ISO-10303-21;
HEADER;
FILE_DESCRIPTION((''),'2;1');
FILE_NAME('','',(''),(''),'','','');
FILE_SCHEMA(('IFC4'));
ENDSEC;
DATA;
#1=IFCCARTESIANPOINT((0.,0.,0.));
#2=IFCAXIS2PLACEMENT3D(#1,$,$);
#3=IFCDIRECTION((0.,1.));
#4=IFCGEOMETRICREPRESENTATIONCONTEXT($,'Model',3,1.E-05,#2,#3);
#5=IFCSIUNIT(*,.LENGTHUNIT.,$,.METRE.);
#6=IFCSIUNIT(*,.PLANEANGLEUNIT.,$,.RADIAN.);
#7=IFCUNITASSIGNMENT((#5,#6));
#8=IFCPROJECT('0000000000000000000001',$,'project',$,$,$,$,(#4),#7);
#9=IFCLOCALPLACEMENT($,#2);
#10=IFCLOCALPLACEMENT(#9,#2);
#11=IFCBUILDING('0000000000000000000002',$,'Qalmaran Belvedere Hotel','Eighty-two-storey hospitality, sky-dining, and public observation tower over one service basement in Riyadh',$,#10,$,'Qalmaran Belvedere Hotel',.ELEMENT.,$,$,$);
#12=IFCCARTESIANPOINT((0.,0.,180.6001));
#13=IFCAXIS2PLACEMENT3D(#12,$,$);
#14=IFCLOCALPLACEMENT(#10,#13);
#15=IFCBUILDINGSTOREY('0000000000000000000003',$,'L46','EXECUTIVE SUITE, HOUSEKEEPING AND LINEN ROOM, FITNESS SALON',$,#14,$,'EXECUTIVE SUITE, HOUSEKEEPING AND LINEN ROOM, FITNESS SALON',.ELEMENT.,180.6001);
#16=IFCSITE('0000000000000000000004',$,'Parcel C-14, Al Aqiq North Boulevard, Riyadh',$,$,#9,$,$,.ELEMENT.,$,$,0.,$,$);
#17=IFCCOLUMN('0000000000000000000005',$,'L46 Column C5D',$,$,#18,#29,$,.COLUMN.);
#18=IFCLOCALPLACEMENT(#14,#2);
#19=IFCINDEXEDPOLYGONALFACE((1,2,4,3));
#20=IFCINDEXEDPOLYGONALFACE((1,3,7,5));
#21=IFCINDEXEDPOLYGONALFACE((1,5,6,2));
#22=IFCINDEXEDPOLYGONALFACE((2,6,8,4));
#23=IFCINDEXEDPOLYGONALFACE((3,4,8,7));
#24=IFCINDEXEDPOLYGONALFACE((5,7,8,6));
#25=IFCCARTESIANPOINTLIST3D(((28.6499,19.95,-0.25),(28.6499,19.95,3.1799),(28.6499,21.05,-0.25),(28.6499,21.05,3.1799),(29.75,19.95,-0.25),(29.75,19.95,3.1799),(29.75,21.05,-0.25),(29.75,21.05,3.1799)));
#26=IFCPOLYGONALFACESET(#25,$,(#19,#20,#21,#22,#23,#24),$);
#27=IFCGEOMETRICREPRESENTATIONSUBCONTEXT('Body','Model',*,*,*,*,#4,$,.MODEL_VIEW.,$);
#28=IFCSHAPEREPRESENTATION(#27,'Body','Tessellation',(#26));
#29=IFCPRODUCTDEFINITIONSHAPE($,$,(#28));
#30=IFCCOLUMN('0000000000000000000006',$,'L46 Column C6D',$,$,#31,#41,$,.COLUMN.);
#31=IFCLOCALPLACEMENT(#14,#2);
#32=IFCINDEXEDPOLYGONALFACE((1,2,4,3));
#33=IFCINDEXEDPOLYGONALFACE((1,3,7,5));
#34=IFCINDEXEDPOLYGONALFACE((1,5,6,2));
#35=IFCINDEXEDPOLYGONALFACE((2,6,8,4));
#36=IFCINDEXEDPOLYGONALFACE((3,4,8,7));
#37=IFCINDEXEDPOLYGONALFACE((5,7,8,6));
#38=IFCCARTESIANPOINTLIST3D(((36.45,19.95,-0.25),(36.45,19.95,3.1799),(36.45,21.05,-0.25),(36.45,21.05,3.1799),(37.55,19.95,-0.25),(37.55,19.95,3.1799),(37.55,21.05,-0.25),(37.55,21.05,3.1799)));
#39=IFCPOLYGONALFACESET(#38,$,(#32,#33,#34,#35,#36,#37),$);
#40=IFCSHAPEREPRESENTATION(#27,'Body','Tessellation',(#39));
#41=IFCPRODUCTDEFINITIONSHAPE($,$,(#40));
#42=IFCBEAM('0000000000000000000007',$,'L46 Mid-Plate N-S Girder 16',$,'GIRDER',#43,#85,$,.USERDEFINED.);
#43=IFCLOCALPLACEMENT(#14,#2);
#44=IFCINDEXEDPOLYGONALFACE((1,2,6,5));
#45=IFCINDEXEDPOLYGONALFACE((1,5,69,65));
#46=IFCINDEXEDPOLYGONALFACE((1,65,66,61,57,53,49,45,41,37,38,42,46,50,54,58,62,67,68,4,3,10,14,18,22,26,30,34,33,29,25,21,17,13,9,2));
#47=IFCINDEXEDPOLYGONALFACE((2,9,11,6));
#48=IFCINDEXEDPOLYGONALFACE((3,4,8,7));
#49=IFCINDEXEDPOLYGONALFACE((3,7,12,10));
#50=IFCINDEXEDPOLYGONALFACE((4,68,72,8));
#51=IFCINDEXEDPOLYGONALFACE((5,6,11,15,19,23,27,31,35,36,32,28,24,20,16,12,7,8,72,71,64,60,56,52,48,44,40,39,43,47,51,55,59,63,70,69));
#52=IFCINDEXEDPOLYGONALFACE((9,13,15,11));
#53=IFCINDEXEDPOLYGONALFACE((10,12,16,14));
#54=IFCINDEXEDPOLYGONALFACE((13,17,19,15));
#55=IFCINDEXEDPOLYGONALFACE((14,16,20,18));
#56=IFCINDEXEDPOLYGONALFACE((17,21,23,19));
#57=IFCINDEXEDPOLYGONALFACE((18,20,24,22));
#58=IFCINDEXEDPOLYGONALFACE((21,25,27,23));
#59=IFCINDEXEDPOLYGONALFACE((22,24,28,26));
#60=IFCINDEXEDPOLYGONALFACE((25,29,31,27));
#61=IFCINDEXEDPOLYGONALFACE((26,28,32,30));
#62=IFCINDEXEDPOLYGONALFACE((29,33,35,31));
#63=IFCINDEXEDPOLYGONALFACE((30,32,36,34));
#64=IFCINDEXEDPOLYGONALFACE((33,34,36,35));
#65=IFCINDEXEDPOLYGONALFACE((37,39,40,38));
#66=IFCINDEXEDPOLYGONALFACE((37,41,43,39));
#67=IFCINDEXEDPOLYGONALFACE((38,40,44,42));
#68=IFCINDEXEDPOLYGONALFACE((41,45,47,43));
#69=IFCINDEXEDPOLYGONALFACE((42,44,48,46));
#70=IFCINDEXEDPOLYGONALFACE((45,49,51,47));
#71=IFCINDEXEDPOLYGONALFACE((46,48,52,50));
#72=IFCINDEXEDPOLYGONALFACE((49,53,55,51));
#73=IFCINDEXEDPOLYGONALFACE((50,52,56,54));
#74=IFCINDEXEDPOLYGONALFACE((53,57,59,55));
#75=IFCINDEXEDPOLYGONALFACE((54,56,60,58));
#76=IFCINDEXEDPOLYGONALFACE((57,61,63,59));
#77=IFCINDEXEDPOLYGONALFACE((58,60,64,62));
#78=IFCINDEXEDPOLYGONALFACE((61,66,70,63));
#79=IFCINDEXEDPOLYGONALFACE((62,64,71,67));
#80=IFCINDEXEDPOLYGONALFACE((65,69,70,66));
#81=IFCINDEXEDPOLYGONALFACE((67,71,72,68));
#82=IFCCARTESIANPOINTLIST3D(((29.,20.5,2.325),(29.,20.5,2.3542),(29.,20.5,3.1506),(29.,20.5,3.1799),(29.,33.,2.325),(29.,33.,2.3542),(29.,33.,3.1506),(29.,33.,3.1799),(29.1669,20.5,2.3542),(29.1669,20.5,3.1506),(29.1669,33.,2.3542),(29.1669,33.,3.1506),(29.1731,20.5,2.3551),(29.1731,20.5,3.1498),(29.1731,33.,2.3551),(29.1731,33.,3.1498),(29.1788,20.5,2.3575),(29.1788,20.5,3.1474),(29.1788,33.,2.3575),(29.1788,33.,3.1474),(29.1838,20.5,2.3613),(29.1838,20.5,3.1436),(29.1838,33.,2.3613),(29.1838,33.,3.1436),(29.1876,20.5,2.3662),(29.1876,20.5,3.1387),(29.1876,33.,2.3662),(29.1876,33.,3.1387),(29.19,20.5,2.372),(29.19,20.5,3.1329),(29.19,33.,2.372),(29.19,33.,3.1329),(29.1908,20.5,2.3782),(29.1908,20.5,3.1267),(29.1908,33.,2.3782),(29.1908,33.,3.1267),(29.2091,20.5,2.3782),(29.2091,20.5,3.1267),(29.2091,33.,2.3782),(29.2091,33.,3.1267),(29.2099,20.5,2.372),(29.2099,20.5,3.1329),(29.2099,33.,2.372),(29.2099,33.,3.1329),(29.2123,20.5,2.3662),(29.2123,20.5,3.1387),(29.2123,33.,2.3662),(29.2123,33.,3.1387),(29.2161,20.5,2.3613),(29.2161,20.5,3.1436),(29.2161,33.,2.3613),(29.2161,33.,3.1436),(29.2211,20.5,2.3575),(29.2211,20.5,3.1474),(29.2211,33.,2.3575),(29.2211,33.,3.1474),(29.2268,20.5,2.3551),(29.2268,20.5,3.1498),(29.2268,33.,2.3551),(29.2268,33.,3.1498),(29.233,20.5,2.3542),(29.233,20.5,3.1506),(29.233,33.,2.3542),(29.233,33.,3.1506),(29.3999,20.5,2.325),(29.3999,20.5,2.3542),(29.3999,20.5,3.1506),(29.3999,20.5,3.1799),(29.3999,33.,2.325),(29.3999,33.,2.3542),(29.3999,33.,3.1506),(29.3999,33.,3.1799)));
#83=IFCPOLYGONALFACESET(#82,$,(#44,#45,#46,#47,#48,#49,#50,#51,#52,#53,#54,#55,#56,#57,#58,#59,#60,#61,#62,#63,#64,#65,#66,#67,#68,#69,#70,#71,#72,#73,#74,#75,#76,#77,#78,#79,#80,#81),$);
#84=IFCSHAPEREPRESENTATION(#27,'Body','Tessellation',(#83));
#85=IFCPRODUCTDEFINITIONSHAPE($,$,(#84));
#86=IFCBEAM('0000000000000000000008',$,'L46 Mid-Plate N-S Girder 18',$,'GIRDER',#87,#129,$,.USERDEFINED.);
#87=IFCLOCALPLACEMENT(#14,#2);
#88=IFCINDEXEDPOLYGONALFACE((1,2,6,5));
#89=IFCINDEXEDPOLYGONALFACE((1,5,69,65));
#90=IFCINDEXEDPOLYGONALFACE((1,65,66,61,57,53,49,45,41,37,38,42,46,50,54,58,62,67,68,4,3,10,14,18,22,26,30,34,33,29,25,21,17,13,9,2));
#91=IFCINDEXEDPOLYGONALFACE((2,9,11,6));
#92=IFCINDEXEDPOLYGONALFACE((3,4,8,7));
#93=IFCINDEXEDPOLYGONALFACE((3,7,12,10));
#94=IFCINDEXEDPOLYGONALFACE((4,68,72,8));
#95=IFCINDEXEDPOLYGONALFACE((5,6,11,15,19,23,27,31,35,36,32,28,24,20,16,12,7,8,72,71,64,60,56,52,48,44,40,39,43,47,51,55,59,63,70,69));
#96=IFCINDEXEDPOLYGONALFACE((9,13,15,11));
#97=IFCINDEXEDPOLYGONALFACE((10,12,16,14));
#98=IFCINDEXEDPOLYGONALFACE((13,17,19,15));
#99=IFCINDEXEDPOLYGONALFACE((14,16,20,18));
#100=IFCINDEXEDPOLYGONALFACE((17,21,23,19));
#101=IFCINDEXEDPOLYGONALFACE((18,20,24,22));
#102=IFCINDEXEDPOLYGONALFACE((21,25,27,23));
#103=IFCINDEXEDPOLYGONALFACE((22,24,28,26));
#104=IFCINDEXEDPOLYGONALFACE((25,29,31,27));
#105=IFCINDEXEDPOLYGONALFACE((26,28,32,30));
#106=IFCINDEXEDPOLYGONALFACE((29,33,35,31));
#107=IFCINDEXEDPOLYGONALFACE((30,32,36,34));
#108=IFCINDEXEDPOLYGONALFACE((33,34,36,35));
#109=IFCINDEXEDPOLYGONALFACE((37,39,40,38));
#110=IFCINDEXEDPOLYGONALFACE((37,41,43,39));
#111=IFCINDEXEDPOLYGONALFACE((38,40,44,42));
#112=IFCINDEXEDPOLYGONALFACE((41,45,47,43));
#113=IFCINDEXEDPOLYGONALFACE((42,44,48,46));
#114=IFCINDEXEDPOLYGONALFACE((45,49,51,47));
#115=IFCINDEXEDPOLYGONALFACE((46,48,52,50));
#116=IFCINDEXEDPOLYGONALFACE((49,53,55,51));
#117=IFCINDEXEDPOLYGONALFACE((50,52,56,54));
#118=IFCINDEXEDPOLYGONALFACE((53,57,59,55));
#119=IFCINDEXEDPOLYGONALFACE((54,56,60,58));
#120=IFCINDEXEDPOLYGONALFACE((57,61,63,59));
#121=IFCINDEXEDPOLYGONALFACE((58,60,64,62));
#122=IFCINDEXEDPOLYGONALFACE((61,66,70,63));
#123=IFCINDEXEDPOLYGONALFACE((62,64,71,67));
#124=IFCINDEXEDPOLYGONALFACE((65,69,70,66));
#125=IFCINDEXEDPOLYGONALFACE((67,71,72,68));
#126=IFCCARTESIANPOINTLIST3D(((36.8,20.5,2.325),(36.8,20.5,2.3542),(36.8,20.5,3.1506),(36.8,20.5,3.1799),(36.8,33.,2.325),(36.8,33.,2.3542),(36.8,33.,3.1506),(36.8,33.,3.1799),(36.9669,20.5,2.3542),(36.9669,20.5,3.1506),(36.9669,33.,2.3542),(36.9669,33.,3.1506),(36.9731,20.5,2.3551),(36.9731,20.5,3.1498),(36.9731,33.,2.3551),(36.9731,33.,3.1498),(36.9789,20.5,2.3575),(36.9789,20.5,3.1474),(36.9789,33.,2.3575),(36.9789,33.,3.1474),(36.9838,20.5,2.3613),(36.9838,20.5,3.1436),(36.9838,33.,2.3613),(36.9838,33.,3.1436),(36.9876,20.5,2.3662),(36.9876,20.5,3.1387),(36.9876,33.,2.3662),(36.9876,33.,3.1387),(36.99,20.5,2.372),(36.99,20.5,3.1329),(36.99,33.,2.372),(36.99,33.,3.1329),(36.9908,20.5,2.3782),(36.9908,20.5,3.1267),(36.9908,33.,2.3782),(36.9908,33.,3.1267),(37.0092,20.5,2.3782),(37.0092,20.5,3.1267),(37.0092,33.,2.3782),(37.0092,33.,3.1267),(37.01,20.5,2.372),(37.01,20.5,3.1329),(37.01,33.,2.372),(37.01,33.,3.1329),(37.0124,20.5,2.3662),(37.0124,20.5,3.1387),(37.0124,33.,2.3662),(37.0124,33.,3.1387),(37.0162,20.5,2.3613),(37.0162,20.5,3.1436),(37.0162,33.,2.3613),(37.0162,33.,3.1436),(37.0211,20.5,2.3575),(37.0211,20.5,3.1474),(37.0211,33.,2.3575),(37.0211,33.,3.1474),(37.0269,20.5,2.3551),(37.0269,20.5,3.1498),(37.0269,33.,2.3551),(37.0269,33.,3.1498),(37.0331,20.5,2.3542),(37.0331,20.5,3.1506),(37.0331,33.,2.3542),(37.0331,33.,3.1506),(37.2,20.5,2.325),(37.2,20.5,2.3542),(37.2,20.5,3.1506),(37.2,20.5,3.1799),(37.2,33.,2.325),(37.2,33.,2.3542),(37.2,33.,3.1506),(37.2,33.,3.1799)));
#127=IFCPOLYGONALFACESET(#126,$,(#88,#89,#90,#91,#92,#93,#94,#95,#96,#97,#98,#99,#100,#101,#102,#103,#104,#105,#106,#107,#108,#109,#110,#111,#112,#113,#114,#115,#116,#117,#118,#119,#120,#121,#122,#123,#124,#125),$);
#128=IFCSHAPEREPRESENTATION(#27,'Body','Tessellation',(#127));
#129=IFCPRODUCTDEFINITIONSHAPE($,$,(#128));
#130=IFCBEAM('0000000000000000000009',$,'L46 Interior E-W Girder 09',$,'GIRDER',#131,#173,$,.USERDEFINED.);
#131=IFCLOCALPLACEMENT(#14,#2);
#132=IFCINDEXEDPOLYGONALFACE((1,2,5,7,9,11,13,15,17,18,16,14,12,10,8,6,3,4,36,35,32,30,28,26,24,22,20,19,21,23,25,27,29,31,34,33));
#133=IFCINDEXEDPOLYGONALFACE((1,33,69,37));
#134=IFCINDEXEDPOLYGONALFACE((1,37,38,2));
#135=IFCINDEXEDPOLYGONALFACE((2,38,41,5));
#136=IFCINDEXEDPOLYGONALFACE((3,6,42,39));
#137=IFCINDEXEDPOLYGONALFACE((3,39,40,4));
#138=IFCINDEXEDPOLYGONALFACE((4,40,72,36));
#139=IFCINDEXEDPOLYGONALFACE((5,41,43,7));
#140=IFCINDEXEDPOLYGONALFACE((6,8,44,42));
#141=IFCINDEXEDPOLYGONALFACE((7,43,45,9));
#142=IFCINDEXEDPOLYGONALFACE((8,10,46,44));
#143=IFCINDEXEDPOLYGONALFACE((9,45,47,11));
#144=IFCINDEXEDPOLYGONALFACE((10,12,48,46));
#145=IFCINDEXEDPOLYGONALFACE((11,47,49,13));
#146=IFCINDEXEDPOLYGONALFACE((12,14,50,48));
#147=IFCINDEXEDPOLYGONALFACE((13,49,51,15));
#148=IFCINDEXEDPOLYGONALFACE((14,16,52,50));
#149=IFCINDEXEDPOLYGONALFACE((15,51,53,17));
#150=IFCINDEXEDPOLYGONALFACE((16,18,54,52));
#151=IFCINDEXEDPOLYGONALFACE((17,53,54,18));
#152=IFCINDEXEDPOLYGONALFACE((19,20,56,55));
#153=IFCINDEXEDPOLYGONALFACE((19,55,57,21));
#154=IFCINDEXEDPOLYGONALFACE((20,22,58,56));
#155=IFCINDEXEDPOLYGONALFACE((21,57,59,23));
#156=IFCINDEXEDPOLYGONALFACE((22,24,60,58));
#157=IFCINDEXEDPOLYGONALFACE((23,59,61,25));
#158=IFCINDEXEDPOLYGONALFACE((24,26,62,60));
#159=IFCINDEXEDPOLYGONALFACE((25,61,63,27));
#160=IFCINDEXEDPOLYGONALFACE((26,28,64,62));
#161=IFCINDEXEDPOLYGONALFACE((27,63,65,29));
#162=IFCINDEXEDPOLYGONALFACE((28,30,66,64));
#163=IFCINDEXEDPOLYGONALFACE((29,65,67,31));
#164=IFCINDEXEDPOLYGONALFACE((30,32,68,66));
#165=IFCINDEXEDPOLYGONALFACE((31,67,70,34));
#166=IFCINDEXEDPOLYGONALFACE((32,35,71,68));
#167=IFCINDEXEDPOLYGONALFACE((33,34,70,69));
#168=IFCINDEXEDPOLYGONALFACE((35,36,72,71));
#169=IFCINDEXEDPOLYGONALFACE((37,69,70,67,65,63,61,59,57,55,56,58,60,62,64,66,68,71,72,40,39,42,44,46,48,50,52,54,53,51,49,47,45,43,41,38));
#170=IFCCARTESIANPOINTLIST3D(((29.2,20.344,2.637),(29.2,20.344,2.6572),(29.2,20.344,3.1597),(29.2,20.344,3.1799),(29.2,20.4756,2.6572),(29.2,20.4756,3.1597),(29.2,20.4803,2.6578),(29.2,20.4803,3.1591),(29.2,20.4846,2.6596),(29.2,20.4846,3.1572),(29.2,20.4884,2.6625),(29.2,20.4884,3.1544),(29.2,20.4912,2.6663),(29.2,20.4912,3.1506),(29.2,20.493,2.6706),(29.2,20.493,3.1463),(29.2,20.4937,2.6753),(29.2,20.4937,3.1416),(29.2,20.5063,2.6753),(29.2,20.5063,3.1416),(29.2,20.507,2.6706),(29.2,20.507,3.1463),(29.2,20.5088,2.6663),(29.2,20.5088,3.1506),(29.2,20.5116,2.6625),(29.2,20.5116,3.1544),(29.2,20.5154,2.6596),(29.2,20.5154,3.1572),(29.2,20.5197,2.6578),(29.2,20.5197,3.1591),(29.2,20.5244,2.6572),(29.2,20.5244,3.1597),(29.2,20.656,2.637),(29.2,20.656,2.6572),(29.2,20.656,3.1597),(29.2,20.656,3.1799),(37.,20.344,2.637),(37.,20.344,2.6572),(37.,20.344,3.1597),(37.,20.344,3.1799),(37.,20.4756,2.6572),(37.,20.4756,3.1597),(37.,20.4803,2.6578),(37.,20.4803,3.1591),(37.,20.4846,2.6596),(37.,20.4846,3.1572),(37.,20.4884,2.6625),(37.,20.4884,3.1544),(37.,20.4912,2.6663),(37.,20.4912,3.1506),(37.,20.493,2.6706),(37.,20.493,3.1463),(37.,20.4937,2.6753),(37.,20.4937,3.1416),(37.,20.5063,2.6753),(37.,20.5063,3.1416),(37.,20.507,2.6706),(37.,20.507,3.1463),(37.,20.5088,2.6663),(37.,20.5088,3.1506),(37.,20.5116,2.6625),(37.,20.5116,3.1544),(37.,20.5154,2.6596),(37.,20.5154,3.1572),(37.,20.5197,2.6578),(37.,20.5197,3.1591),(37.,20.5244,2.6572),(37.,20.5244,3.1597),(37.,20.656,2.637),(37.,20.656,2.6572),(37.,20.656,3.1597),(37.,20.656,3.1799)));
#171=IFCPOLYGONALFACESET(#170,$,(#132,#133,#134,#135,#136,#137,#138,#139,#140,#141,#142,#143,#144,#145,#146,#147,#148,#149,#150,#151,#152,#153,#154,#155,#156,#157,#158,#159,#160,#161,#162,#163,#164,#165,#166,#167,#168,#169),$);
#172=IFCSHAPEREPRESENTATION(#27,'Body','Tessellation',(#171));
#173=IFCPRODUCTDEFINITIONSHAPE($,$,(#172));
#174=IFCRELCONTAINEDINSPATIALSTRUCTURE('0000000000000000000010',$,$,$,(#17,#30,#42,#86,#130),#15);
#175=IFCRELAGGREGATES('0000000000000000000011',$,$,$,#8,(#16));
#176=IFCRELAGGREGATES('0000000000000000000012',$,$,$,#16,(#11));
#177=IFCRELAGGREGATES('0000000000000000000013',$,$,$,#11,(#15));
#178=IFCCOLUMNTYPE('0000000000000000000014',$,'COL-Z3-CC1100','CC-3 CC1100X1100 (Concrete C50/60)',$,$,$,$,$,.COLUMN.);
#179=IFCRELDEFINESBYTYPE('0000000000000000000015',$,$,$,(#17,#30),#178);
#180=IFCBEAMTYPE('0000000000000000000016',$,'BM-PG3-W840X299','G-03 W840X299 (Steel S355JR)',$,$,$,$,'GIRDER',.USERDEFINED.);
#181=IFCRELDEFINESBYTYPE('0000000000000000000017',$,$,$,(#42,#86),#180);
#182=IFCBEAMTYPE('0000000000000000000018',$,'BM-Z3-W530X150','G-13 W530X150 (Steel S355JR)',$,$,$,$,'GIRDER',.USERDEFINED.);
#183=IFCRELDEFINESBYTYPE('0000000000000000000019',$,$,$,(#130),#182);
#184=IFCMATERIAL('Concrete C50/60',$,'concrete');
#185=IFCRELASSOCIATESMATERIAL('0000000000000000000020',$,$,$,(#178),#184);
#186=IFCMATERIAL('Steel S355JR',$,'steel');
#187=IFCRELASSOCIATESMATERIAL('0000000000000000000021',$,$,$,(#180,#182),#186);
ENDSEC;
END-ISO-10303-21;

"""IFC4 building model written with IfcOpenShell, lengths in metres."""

from ifc_helpers import new_model, si_unit, direction, frame, origin, origin_2d, place, context, subcontext, project, spatial, rectangle, i_section, extrude, material, material_profile, profile_set, type_object, element, save


model = new_model("IFC4")

# Units and contexts
model_context = context("Model", 3, precision=1e-05, world=origin(), true_north=direction((0.0, 1.0)))
body_context = subcontext(model_context, "Body", "Model", "MODEL_VIEW")
ifc_project = project(units=[si_unit("LENGTHUNIT", "METRE"), si_unit("PLANEANGLEUNIT", "RADIAN")], contexts=[model_context])

# Site, building, storey
site_placement = place(None, origin())
site = spatial("IfcSite", under=ifc_project, at=site_placement, Name="Parcel C-14, Al Aqiq North Boulevard, Riyadh", CompositionType="ELEMENT", RefElevation=0.0)
building_placement = place(site_placement, origin())
building = spatial("IfcBuilding", under=site, at=building_placement, Name="Qalmaran Belvedere Hotel", Description="Eighty-two-storey hospitality, sky-dining, and public observation tower over one service basement in Riyadh", LongName="Qalmaran Belvedere Hotel", CompositionType="ELEMENT")
storey_placement = place(building_placement, frame((0.0, 0.0, 180.6001)))
storey = spatial("IfcBuildingStorey", under=building, at=storey_placement, Name="L46", Description="EXECUTIVE SUITE, HOUSEKEEPING AND LINEN ROOM, FITNESS SALON", LongName="EXECUTIVE SUITE, HOUSEKEEPING AND LINEN ROOM, FITNESS SALON", CompositionType="ELEMENT", Elevation=180.6001)

# Columns
ifc_material_1 = material(Name="Concrete C50/60", Category="concrete")
ifc_material_profile_1 = material_profile(ifc_material_1, rectangle(XDim=1.1001, YDim=1.1001, at=origin_2d()), Name="CC1100X1100")
ifc_profile_set_1 = profile_set([ifc_material_profile_1], Name="Concrete C50/60")
column_type = type_object("IfcColumnType", Name="COL-Z3-CC1100", Description="CC-3 CC1100X1100 (Concrete C50/60)", PredefinedType="COLUMN", material=ifc_profile_set_1)
for number, where, z_axis, x_axis, name in (
    (1, (29.2, 20.5, -0.25), (0.0, 0.0, 1.0), (1.0, 0.0, 0.0), "L46 Column C5D"),
    (2, (37.0, 20.5, -0.25), (0.0, 0.0, 1.0), (1.0, 0.0, 0.0), "L46 Column C6D"),
):
    element("IfcColumn", number, at=place(storey_placement, frame(where, z_axis=z_axis, x_axis=x_axis)), inside=storey, type_object=column_type, Name=name, PredefinedType="COLUMN", context=body_context, shape_type="SweptSolid", body=[
        extrude(rectangle(XDim=1.1001, YDim=1.1001, at=origin_2d()), origin(), (0.0, 0.0, 1.0), 3.4299),
    ])

# Beams
ifc_material_2 = material(Name="Steel S355JR", Category="steel")
ifc_material_profile_2 = material_profile(ifc_material_2, i_section(OverallWidth=0.3999, OverallDepth=0.855, WebThickness=0.0183, FlangeThickness=0.0293, FilletRadius=0.0239, at=origin_2d()), Name="W840X299")
ifc_profile_set_2 = profile_set([ifc_material_profile_2], Name="Steel S355JR")
beam_type_1 = type_object("IfcBeamType", Name="BM-PG3-W840X299", Description="G-03 W840X299 (Steel S355JR)", ElementType="GIRDER", PredefinedType="USERDEFINED", material=ifc_profile_set_2)
for number, where, z_axis, x_axis, name in (
    (3, (29.2, 20.5, 2.7524), (0.0, 1.0, 0.0), (-1.0, 0.0, 0.0), "L46 Mid-Plate N-S Girder 16"),
    (4, (37.0, 20.5, 2.7524), (0.0, 1.0, 0.0), (-1.0, 0.0, 0.0), "L46 Mid-Plate N-S Girder 18"),
):
    element("IfcBeam", number, at=place(storey_placement, frame(where, z_axis=z_axis, x_axis=x_axis)), inside=storey, type_object=beam_type_1, Name=name, ObjectType="GIRDER", PredefinedType="USERDEFINED", context=body_context, shape_type="SweptSolid", body=[
        extrude(i_section(OverallWidth=0.3999, OverallDepth=0.855, WebThickness=0.0183, FlangeThickness=0.0293, FilletRadius=0.0239, at=origin_2d()), origin(), (0.0, 0.0, 1.0), 12.5),
    ])
ifc_material_profile_3 = material_profile(ifc_material_2, i_section(OverallWidth=0.312, OverallDepth=0.543, WebThickness=0.0127, FlangeThickness=0.0203, FilletRadius=0.0181, at=origin_2d()), Name="W530X150")
ifc_profile_set_3 = profile_set([ifc_material_profile_3], Name="Steel S355JR")
beam_type_2 = type_object("IfcBeamType", Name="BM-Z3-W530X150", Description="G-13 W530X150 (Steel S355JR)", ElementType="GIRDER", PredefinedType="USERDEFINED", material=ifc_profile_set_3)
for number, where, z_axis, x_axis, name in (
    (5, (29.2, 20.5, 2.9084), (1.0, 0.0, 0.0), (0.0, 1.0, 0.0), "L46 Interior E-W Girder 09"),
):
    element("IfcBeam", number, at=place(storey_placement, frame(where, z_axis=z_axis, x_axis=x_axis)), inside=storey, type_object=beam_type_2, Name=name, ObjectType="GIRDER", PredefinedType="USERDEFINED", context=body_context, shape_type="SweptSolid", body=[
        extrude(i_section(OverallWidth=0.312, OverallDepth=0.543, WebThickness=0.0127, FlangeThickness=0.0203, FilletRadius=0.0181, at=origin_2d()), origin(), (0.0, 0.0, 1.0), 7.8),
    ])

save(model, "model.ifc")
